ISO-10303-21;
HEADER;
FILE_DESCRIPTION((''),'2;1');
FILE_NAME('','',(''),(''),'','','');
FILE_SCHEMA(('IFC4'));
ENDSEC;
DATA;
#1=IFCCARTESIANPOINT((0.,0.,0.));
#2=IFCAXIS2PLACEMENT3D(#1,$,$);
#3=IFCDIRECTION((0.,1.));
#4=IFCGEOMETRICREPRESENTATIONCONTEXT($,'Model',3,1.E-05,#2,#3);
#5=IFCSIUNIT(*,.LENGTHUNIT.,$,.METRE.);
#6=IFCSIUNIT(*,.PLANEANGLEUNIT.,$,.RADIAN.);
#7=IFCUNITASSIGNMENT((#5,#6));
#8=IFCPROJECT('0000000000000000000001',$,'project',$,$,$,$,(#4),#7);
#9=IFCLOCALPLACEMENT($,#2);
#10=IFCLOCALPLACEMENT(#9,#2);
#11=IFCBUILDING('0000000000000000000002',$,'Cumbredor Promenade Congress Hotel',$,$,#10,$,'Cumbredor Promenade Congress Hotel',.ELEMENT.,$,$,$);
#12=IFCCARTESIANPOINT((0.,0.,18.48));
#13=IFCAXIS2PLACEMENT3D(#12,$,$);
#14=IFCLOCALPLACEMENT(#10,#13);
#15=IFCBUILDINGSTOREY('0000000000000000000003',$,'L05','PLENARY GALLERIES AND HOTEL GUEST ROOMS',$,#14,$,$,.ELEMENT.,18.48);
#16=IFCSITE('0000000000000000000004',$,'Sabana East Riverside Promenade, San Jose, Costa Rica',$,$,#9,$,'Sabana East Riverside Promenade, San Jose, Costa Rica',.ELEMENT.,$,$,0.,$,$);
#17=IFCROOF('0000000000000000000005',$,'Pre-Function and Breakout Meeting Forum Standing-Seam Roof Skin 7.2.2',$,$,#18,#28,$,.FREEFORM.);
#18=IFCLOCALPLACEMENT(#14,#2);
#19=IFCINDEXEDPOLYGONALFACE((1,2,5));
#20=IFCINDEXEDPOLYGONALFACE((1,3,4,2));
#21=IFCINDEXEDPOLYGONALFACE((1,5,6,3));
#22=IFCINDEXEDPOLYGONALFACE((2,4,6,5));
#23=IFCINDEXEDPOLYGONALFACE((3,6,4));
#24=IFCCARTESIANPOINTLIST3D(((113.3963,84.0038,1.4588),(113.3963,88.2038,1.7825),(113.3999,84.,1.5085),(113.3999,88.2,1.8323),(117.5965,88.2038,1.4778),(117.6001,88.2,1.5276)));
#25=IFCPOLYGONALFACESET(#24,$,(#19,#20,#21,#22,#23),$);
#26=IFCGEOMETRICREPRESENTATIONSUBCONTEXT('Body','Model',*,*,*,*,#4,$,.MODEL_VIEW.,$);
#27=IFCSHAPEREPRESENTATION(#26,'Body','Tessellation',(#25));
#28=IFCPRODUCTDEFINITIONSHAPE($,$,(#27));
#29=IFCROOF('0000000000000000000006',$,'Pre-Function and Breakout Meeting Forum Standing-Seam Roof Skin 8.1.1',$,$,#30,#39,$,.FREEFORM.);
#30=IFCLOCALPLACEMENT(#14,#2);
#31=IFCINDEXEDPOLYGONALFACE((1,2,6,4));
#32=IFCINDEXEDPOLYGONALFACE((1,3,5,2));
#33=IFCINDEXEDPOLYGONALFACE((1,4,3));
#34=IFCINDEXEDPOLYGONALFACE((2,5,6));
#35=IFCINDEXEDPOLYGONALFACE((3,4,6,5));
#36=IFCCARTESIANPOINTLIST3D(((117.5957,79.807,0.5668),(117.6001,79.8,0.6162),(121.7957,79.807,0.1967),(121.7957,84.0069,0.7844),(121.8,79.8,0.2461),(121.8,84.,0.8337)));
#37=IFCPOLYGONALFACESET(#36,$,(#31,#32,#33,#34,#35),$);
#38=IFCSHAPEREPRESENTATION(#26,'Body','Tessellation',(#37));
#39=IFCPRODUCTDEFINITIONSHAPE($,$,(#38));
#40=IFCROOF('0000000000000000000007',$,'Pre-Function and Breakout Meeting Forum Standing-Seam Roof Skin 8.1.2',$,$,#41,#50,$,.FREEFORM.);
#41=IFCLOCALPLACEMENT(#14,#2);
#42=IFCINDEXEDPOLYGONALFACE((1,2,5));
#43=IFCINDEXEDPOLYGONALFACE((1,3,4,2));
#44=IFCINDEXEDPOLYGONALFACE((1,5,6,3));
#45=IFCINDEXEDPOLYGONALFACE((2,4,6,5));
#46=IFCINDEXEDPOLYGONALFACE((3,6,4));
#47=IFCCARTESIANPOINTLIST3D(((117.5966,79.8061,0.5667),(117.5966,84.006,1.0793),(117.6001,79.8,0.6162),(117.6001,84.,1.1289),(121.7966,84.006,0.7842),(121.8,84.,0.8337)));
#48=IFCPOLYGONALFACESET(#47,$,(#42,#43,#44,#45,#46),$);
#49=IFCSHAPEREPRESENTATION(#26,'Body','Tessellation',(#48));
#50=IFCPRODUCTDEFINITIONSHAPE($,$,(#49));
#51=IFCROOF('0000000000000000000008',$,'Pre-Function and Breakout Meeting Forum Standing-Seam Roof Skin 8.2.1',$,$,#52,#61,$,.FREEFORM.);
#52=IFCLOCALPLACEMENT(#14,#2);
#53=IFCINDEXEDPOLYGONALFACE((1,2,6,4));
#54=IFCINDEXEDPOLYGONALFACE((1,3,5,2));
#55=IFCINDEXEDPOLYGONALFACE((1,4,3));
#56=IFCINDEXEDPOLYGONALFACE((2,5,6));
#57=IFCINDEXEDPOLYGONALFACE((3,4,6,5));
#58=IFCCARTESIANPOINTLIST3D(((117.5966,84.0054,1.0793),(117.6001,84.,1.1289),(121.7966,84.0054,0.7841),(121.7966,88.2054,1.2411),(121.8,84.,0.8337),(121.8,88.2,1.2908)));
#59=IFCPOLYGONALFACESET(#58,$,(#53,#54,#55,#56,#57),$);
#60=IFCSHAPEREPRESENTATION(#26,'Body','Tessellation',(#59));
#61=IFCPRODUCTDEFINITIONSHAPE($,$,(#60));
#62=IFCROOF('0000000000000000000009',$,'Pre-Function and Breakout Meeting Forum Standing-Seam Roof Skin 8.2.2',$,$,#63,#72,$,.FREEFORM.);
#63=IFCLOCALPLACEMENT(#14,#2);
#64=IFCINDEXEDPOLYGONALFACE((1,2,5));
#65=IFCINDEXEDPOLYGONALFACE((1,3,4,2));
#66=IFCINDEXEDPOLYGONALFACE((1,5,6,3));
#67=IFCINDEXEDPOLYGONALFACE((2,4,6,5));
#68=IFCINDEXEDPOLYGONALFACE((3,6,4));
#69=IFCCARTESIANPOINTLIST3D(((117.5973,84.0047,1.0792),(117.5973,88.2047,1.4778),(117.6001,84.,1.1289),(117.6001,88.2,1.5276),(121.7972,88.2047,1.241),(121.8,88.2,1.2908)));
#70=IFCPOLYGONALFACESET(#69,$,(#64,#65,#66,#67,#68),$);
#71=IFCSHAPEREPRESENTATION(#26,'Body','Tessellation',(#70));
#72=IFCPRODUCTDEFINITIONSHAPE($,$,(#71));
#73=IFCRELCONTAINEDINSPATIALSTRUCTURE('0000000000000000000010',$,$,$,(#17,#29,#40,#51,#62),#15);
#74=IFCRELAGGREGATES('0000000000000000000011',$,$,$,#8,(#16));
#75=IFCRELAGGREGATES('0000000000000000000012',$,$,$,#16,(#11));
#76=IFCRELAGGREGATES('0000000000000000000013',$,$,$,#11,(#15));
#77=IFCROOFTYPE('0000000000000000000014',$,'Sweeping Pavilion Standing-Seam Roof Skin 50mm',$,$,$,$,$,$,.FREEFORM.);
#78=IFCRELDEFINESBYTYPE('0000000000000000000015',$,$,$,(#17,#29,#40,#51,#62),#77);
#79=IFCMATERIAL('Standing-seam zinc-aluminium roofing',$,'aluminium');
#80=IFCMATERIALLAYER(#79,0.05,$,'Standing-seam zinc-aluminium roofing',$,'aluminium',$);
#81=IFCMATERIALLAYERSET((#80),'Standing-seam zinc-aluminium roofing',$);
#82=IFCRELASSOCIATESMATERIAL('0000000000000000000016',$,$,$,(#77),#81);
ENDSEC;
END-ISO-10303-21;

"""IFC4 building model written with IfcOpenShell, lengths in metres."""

from ifc_helpers import new_model, si_unit, direction, frame, origin, place, context, subcontext, project, spatial, polyline, outline, extrude, material, layer, layer_set, type_object, element, save


model = new_model("IFC4")

# Units and contexts
model_context = context("Model", 3, precision=1e-05, world=origin(), true_north=direction((0.0, 1.0)))
body_context = subcontext(model_context, "Body", "Model", "MODEL_VIEW")
ifc_project = project(units=[si_unit("LENGTHUNIT", "METRE"), si_unit("PLANEANGLEUNIT", "RADIAN")], contexts=[model_context])

# Site, building, storey
site_placement = place(None, origin())
site = spatial("IfcSite", under=ifc_project, at=site_placement, Name="Sabana East Riverside Promenade, San Jose, Costa Rica", LongName="Sabana East Riverside Promenade, San Jose, Costa Rica", CompositionType="ELEMENT", RefElevation=0.0)
building_placement = place(site_placement, origin())
building = spatial("IfcBuilding", under=site, at=building_placement, Name="Cumbredor Promenade Congress Hotel", LongName="Cumbredor Promenade Congress Hotel", CompositionType="ELEMENT")
storey_placement = place(building_placement, frame((0.0, 0.0, 18.48)))
storey = spatial("IfcBuildingStorey", under=building, at=storey_placement, Name="L05", Description="PLENARY GALLERIES AND HOTEL GUEST ROOMS", CompositionType="ELEMENT", Elevation=18.48)

# Roofs
ifc_material_1 = material(Name="Standing-seam zinc-aluminium roofing", Category="aluminium")
ifc_layer_1 = layer(ifc_material_1, 0.05, Name="Standing-seam zinc-aluminium roofing", Category="aluminium")
ifc_layer_set_1 = layer_set([ifc_layer_1], Name="Standing-seam zinc-aluminium roofing")
roof_type = type_object("IfcRoofType", Name="Sweeping Pavilion Standing-Seam Roof Skin 50mm", PredefinedType="FREEFORM", material=ifc_layer_set_1)
roof_1_placement = place(storey_placement, frame((113.3999, 84.0, 1.5085), z_axis=(0.072138, -0.076651, 0.994445), x_axis=(0.707124, 0.707083, 0.003206)))
element("IfcRoof", 1, at=roof_1_placement, inside=storey, type_object=roof_type, Name="Pre-Function and Breakout Meeting Forum Standing-Seam Roof Skin 7.2.2", PredefinedType="FREEFORM", context=body_context, shape_type="SweptSolid", body=[
    extrude(outline(polyline([(0.0, 0.0), (5.9398, 0.0), (2.9708, 2.9865), (0.0, 0.0)])), origin(), (0.0, 0.0, -1.0), 0.05),
])
roof_2_placement = place(storey_placement, frame((117.6001, 79.8, 0.6162), z_axis=(0.086944, -0.138043, 0.986603), x_axis=(0.99614, 0.0, -0.087784)))
element("IfcRoof", 2, at=roof_2_placement, inside=storey, type_object=roof_type, Name="Pre-Function and Breakout Meeting Forum Standing-Seam Roof Skin 8.1.1", PredefinedType="FREEFORM", context=body_context, shape_type="SweptSolid", body=[
    extrude(outline(polyline([(0.0, 0.0), (4.2162, 0.0), (4.1646, 4.2405), (0.0, 0.0)])), origin(), (0.0, 0.0, -1.0), 0.05),
])
roof_3_placement = place(storey_placement, frame((117.6001, 79.8, 0.6162), z_axis=(0.069591, -0.120878, 0.990225), x_axis=(0.706633, 0.706633, 0.036599)))
element("IfcRoof", 3, at=roof_3_placement, inside=storey, type_object=roof_type, Name="Pre-Function and Breakout Meeting Forum Standing-Seam Roof Skin 8.1.2", PredefinedType="FREEFORM", context=body_context, shape_type="SweptSolid", body=[
    extrude(outline(polyline([(0.0, 0.0), (5.9436, 0.0), (2.9866, 2.9971), (0.0, 0.0)])), origin(), (0.0, 0.0, -1.0), 0.05),
])
roof_4_placement = place(storey_placement, frame((117.6001, 84.0, 1.1289), z_axis=(0.069696, -0.107917, 0.991714), x_axis=(0.99754, 0.0, -0.070106)))
element("IfcRoof", 4, at=roof_4_placement, inside=storey, type_object=roof_type, Name="Pre-Function and Breakout Meeting Forum Standing-Seam Roof Skin 8.2.1", PredefinedType="FREEFORM", context=body_context, shape_type="SweptSolid", body=[
    extrude(outline(polyline([(0.0, 0.0), (4.2103, 0.0), (4.1783, 4.2246), (0.0, 0.0)])), origin(), (0.0, 0.0, -1.0), 0.05),
])
roof_5_placement = place(storey_placement, frame((117.6001, 84.0, 1.1289), z_axis=(0.056045, -0.094352, 0.99396), x_axis=(0.706844, 0.706844, 0.027242)))
element("IfcRoof", 5, at=roof_5_placement, inside=storey, type_object=roof_type, Name="Pre-Function and Breakout Meeting Forum Standing-Seam Roof Skin 8.2.2", PredefinedType="FREEFORM", context=body_context, shape_type="SweptSolid", body=[
    extrude(outline(polyline([(0.0, 0.0), (5.9418, 0.0), (2.9796, 2.9868), (0.0, 0.0)])), origin(), (0.0, 0.0, -1.0), 0.05),
])

save(model, "model.ifc")
